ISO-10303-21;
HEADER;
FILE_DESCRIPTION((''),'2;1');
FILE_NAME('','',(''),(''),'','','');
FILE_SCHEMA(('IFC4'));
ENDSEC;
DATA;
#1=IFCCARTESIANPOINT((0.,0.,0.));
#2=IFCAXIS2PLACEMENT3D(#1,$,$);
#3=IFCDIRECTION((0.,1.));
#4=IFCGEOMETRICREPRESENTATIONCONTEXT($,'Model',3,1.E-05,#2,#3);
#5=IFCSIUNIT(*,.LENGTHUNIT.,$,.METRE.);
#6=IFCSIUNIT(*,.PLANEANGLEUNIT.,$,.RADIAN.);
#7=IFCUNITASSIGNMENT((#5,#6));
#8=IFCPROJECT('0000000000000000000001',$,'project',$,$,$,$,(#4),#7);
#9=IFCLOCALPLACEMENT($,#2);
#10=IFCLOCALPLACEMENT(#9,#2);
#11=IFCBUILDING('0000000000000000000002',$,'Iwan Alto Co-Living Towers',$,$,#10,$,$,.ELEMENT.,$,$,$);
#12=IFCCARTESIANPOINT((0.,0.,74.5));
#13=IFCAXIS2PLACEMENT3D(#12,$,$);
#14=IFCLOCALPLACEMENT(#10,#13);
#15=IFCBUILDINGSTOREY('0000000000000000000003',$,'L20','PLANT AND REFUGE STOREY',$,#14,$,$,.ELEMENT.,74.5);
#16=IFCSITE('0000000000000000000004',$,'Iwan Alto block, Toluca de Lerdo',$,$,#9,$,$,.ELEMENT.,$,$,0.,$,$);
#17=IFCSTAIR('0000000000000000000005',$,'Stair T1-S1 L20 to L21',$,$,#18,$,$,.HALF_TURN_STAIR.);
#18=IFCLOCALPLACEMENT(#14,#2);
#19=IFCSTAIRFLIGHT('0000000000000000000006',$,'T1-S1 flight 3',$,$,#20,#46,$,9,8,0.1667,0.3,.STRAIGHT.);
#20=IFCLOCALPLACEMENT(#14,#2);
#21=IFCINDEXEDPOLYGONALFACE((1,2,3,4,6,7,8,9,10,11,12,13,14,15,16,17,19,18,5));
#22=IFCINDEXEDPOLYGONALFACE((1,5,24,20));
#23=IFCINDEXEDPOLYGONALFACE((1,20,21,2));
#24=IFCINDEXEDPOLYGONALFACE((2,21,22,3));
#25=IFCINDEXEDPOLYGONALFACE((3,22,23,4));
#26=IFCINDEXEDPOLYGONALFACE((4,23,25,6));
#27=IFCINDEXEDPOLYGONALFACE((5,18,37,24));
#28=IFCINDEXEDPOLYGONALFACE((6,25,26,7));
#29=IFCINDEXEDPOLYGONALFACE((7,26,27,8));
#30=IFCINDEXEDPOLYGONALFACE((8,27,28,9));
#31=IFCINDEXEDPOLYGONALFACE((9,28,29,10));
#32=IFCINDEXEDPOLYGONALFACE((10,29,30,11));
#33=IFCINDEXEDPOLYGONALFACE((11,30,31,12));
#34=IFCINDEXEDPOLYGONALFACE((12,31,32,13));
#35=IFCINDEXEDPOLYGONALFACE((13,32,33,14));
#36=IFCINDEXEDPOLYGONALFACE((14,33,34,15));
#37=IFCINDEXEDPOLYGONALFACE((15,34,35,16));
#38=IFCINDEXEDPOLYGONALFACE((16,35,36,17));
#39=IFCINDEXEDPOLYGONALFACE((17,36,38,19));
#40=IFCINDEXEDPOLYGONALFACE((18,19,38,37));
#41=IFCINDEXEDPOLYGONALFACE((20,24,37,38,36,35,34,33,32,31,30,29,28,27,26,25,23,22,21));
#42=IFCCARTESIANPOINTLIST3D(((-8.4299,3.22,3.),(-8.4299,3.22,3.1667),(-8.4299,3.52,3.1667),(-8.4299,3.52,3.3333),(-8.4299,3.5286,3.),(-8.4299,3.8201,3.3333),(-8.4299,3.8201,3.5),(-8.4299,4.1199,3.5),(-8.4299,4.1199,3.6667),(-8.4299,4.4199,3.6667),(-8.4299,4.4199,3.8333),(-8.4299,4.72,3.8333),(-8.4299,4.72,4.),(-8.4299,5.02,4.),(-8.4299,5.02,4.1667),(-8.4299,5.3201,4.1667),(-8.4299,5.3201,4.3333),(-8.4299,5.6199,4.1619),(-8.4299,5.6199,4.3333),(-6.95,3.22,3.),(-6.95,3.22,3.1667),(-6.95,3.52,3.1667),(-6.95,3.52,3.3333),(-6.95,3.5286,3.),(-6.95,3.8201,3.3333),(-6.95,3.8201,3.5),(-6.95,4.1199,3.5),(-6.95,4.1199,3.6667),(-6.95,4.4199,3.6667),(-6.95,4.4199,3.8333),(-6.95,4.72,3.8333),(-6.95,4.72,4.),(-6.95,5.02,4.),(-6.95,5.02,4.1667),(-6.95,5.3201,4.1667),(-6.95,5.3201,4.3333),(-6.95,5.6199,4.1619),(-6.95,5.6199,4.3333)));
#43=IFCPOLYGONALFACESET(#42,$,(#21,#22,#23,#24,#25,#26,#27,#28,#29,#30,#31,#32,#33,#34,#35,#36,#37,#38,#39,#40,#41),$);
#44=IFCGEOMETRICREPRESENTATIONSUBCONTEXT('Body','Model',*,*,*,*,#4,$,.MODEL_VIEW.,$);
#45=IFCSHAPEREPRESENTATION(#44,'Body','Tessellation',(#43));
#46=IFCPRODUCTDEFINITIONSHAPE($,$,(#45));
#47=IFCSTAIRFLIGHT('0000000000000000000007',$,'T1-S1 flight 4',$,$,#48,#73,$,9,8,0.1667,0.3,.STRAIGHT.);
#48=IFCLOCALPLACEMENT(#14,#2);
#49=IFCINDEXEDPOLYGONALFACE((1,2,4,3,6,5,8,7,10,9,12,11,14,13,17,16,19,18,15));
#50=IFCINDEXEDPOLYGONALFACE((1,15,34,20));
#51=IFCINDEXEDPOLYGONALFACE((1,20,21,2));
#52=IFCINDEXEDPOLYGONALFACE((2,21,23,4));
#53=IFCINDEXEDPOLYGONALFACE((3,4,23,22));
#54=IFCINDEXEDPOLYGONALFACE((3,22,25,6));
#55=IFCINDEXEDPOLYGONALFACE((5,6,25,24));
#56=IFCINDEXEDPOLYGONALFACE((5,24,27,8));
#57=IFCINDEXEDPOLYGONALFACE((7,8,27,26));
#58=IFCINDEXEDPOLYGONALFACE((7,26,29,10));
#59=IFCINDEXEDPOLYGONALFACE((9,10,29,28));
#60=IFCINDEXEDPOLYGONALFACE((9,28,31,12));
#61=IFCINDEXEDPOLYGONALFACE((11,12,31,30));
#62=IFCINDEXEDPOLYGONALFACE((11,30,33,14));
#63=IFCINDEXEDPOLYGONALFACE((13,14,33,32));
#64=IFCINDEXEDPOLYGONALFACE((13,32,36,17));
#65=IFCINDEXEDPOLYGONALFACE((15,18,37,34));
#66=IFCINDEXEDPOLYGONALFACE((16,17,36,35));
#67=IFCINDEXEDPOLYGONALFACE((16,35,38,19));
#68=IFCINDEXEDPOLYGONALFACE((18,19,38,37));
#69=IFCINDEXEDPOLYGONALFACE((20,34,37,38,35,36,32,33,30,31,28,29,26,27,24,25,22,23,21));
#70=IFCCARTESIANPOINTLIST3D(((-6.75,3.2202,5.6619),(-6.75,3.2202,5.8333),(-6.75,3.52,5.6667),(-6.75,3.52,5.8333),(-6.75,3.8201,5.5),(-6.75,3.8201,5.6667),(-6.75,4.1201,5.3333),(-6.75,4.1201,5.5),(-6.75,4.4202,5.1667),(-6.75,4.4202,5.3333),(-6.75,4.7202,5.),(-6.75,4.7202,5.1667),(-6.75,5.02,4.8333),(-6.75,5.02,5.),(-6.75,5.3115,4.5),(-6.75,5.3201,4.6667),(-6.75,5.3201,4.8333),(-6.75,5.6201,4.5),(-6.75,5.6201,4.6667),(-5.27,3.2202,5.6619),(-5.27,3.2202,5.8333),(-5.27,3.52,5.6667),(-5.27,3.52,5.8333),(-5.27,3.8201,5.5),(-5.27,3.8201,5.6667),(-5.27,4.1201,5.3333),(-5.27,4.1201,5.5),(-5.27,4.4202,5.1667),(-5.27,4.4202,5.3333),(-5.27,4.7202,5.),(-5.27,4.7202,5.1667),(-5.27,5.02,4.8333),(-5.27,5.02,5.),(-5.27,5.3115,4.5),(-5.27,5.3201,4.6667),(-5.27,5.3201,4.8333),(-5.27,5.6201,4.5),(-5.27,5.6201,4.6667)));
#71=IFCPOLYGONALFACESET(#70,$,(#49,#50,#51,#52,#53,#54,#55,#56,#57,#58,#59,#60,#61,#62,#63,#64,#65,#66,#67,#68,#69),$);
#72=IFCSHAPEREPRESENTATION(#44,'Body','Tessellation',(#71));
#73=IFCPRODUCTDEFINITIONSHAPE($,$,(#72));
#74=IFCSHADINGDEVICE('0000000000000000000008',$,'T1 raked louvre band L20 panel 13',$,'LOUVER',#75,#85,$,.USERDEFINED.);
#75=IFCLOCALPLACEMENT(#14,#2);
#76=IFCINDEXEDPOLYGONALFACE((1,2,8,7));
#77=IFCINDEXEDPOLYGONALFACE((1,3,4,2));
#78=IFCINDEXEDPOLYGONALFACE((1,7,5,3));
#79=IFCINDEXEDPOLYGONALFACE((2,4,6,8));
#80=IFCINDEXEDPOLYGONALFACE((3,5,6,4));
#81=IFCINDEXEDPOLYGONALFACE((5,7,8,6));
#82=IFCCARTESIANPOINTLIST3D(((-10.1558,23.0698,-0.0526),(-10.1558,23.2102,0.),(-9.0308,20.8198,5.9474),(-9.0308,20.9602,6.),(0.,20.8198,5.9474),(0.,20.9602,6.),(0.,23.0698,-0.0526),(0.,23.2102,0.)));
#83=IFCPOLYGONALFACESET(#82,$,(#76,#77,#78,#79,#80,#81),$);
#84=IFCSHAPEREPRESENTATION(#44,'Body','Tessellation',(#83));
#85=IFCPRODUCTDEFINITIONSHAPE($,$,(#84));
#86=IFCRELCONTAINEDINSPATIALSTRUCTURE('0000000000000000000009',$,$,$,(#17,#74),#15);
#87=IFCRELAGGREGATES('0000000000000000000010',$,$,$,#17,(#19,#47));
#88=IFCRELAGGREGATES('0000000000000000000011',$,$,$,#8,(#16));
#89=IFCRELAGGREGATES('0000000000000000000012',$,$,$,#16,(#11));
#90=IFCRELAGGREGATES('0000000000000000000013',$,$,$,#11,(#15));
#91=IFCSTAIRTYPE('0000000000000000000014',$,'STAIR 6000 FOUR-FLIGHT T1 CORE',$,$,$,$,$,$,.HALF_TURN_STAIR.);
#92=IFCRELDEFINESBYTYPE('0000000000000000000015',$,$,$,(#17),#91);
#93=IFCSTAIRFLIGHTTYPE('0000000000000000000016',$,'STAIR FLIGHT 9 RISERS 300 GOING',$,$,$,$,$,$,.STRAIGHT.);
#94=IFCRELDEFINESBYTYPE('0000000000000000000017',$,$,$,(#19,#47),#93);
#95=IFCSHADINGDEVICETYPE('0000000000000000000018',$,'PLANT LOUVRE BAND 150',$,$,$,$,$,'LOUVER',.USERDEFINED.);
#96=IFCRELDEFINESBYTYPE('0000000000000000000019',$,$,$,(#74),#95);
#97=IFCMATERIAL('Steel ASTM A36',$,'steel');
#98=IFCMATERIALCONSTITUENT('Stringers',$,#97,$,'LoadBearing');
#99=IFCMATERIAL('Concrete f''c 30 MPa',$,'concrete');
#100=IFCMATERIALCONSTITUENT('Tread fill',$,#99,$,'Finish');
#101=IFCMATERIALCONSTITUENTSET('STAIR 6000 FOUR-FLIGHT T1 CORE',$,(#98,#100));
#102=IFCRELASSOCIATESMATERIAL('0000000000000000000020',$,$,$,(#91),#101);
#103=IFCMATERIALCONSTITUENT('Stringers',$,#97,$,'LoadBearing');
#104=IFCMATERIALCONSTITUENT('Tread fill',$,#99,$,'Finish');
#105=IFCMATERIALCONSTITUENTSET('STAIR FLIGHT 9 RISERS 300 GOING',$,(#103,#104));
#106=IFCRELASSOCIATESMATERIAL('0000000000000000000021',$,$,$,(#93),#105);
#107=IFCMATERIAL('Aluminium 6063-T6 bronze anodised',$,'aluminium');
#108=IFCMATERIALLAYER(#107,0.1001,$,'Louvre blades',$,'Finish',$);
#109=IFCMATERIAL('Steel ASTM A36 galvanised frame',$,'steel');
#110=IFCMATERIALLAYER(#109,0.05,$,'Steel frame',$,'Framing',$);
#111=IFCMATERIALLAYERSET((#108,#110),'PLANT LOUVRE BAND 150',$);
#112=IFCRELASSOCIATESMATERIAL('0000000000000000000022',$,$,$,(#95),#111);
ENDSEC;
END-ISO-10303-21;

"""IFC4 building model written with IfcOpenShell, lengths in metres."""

from ifc_helpers import new_model, si_unit, direction, frame, origin, place, context, subcontext, project, spatial, polyline, outline, extrude, material, layer, layer_set, constituent, constituent_set, type_object, element, aggregate, save


model = new_model("IFC4")

# Units and contexts
model_context = context("Model", 3, precision=1e-05, world=origin(), true_north=direction((0.0, 1.0)))
body_context = subcontext(model_context, "Body", "Model", "MODEL_VIEW")
ifc_project = project(units=[si_unit("LENGTHUNIT", "METRE"), si_unit("PLANEANGLEUNIT", "RADIAN")], contexts=[model_context])

# Site, building, storey
site_placement = place(None, origin())
site = spatial("IfcSite", under=ifc_project, at=site_placement, Name="Iwan Alto block, Toluca de Lerdo", CompositionType="ELEMENT", RefElevation=0.0)
building_placement = place(site_placement, origin())
building = spatial("IfcBuilding", under=site, at=building_placement, Name="Iwan Alto Co-Living Towers", CompositionType="ELEMENT")
storey_placement = place(building_placement, frame((0.0, 0.0, 74.5)))
storey = spatial("IfcBuildingStorey", under=building, at=storey_placement, Name="L20", Description="PLANT AND REFUGE STOREY", CompositionType="ELEMENT", Elevation=74.5)

# Shared definitions
ifc_material_1 = material(Name="Steel ASTM A36", Category="steel")
ifc_constituent_1 = constituent(ifc_material_1, Name="Stringers", Category="LoadBearing")
ifc_material_2 = material(Name="Concrete f'c 30 MPa", Category="concrete")
ifc_constituent_2 = constituent(ifc_material_2, Name="Tread fill", Category="Finish")
ifc_constituent_set_1 = constituent_set(constituents=[ifc_constituent_1, ifc_constituent_2], Name="STAIR 6000 FOUR-FLIGHT T1 CORE")
stair_type_1 = type_object("IfcStairType", Name="STAIR 6000 FOUR-FLIGHT T1 CORE", PredefinedType="HALF_TURN_STAIR", material=ifc_constituent_set_1)

# Stair, stair flights
stair_1_placement = place(storey_placement, origin())
stair_1 = element("IfcStair", 1, at=stair_1_placement, inside=storey, type_object=stair_type_1, Name="Stair T1-S1 L20 to L21", PredefinedType="HALF_TURN_STAIR")
ifc_constituent_3 = constituent(ifc_material_1, Name="Stringers", Category="LoadBearing")
ifc_constituent_4 = constituent(ifc_material_2, Name="Tread fill", Category="Finish")
ifc_constituent_set_2 = constituent_set(constituents=[ifc_constituent_3, ifc_constituent_4], Name="STAIR FLIGHT 9 RISERS 300 GOING")
stair_flight_type = type_object("IfcStairFlightType", Name="STAIR FLIGHT 9 RISERS 300 GOING", PredefinedType="STRAIGHT", material=ifc_constituent_set_2)
stair_flight_1_placement = place(storey_placement, frame((-7.6899, 3.22, 3.0), z_axis=(0.0, 0.0, 1.0), x_axis=(0.0, 1.0, 0.0)))
stair_flight_1 = element("IfcStairFlight", 2, at=stair_flight_1_placement, type_object=stair_flight_type, Name="T1-S1 flight 3", NumberOfRisers=9, NumberOfTreads=8, PredefinedType="STRAIGHT", RiserHeight=0.1667, TreadLength=0.3, context=body_context, shape_type="SweptSolid", body=[
    extrude(outline(polyline([(0.0, 0.0), (0.0, 0.1667), (0.3, 0.1667), (0.3, 0.3333), (0.6001, 0.3333), (0.6001, 0.5), (0.8999, 0.5), (0.8999, 0.6667), (1.2, 0.6667), (1.2, 0.8333), (1.5, 0.8333), (1.5, 1.0), (1.8, 1.0), (1.8, 1.1667), (2.1001, 1.1667), (2.1001, 1.3333), (2.3999, 1.3333), (2.3999, 1.5), (2.3999, 1.1619), (0.3086, 0.0), (0.0, 0.0)])), frame((0.0, 0.74, 0.0), z_axis=(0.0, -1.0, 0.0), x_axis=(1.0, 0.0, 0.0)), (0.0, 0.0, 1.0), 1.48),
])
stair_flight_2_placement = place(storey_placement, frame((-6.01, 5.6201, 4.5), z_axis=(0.0, 0.0, 1.0), x_axis=(0.0, -1.0, 0.0)))
stair_flight_2 = element("IfcStairFlight", 3, at=stair_flight_2_placement, type_object=stair_flight_type, Name="T1-S1 flight 4", NumberOfRisers=9, NumberOfTreads=8, PredefinedType="STRAIGHT", RiserHeight=0.1667, TreadLength=0.3, context=body_context, shape_type="SweptSolid", body=[
    extrude(outline(polyline([(0.0, 0.0), (0.0, 0.1667), (0.3, 0.1667), (0.3, 0.3333), (0.6001, 0.3333), (0.6001, 0.5), (0.8999, 0.5), (0.8999, 0.6667), (1.2, 0.6667), (1.2, 0.8333), (1.5, 0.8333), (1.5, 1.0), (1.8, 1.0), (1.8, 1.1667), (2.1001, 1.1667), (2.1001, 1.3333), (2.3999, 1.3333), (2.3999, 1.5), (2.3999, 1.1619), (0.3086, 0.0), (0.0, 0.0)])), frame((0.0, 0.74, 0.0), z_axis=(0.0, -1.0, 0.0), x_axis=(1.0, 0.0, 0.0)), (0.0, 0.0, 1.0), 1.48),
])
aggregate(stair_1, [stair_flight_1, stair_flight_2])

# Shading device
ifc_material_3 = material(Name="Aluminium 6063-T6 bronze anodised", Category="aluminium")
ifc_layer_1 = layer(ifc_material_3, 0.1001, Name="Louvre blades", Category="Finish")
ifc_material_4 = material(Name="Steel ASTM A36 galvanised frame", Category="steel")
ifc_layer_2 = layer(ifc_material_4, 0.05, Name="Steel frame", Category="Framing")
ifc_layer_set_1 = layer_set([ifc_layer_1, ifc_layer_2], Name="PLANT LOUVRE BAND 150")
shading_device_type = type_object("IfcShadingDeviceType", Name="PLANT LOUVRE BAND 150", ElementType="LOUVER", PredefinedType="USERDEFINED", material=ifc_layer_set_1)
shading_device_placement = place(storey_placement, frame((0.0, 23.2102, 0.0), z_axis=(0.0, 0.936329, 0.351123), x_axis=(-1.0, 0.0, 0.0)))
element("IfcShadingDevice", 4, at=shading_device_placement, inside=storey, type_object=shading_device_type, Name="T1 raked louvre band L20 panel 13", ObjectType="LOUVER", PredefinedType="USERDEFINED", context=body_context, shape_type="SweptSolid", body=[
    extrude(outline(polyline([(0.0, 0.0), (10.1558, 0.0), (9.0308, 6.408), (0.0, 6.408), (0.0, 0.0)])), origin(), (0.0, 0.0, -1.0), 0.1499),
])

save(model, "model.ifc")
